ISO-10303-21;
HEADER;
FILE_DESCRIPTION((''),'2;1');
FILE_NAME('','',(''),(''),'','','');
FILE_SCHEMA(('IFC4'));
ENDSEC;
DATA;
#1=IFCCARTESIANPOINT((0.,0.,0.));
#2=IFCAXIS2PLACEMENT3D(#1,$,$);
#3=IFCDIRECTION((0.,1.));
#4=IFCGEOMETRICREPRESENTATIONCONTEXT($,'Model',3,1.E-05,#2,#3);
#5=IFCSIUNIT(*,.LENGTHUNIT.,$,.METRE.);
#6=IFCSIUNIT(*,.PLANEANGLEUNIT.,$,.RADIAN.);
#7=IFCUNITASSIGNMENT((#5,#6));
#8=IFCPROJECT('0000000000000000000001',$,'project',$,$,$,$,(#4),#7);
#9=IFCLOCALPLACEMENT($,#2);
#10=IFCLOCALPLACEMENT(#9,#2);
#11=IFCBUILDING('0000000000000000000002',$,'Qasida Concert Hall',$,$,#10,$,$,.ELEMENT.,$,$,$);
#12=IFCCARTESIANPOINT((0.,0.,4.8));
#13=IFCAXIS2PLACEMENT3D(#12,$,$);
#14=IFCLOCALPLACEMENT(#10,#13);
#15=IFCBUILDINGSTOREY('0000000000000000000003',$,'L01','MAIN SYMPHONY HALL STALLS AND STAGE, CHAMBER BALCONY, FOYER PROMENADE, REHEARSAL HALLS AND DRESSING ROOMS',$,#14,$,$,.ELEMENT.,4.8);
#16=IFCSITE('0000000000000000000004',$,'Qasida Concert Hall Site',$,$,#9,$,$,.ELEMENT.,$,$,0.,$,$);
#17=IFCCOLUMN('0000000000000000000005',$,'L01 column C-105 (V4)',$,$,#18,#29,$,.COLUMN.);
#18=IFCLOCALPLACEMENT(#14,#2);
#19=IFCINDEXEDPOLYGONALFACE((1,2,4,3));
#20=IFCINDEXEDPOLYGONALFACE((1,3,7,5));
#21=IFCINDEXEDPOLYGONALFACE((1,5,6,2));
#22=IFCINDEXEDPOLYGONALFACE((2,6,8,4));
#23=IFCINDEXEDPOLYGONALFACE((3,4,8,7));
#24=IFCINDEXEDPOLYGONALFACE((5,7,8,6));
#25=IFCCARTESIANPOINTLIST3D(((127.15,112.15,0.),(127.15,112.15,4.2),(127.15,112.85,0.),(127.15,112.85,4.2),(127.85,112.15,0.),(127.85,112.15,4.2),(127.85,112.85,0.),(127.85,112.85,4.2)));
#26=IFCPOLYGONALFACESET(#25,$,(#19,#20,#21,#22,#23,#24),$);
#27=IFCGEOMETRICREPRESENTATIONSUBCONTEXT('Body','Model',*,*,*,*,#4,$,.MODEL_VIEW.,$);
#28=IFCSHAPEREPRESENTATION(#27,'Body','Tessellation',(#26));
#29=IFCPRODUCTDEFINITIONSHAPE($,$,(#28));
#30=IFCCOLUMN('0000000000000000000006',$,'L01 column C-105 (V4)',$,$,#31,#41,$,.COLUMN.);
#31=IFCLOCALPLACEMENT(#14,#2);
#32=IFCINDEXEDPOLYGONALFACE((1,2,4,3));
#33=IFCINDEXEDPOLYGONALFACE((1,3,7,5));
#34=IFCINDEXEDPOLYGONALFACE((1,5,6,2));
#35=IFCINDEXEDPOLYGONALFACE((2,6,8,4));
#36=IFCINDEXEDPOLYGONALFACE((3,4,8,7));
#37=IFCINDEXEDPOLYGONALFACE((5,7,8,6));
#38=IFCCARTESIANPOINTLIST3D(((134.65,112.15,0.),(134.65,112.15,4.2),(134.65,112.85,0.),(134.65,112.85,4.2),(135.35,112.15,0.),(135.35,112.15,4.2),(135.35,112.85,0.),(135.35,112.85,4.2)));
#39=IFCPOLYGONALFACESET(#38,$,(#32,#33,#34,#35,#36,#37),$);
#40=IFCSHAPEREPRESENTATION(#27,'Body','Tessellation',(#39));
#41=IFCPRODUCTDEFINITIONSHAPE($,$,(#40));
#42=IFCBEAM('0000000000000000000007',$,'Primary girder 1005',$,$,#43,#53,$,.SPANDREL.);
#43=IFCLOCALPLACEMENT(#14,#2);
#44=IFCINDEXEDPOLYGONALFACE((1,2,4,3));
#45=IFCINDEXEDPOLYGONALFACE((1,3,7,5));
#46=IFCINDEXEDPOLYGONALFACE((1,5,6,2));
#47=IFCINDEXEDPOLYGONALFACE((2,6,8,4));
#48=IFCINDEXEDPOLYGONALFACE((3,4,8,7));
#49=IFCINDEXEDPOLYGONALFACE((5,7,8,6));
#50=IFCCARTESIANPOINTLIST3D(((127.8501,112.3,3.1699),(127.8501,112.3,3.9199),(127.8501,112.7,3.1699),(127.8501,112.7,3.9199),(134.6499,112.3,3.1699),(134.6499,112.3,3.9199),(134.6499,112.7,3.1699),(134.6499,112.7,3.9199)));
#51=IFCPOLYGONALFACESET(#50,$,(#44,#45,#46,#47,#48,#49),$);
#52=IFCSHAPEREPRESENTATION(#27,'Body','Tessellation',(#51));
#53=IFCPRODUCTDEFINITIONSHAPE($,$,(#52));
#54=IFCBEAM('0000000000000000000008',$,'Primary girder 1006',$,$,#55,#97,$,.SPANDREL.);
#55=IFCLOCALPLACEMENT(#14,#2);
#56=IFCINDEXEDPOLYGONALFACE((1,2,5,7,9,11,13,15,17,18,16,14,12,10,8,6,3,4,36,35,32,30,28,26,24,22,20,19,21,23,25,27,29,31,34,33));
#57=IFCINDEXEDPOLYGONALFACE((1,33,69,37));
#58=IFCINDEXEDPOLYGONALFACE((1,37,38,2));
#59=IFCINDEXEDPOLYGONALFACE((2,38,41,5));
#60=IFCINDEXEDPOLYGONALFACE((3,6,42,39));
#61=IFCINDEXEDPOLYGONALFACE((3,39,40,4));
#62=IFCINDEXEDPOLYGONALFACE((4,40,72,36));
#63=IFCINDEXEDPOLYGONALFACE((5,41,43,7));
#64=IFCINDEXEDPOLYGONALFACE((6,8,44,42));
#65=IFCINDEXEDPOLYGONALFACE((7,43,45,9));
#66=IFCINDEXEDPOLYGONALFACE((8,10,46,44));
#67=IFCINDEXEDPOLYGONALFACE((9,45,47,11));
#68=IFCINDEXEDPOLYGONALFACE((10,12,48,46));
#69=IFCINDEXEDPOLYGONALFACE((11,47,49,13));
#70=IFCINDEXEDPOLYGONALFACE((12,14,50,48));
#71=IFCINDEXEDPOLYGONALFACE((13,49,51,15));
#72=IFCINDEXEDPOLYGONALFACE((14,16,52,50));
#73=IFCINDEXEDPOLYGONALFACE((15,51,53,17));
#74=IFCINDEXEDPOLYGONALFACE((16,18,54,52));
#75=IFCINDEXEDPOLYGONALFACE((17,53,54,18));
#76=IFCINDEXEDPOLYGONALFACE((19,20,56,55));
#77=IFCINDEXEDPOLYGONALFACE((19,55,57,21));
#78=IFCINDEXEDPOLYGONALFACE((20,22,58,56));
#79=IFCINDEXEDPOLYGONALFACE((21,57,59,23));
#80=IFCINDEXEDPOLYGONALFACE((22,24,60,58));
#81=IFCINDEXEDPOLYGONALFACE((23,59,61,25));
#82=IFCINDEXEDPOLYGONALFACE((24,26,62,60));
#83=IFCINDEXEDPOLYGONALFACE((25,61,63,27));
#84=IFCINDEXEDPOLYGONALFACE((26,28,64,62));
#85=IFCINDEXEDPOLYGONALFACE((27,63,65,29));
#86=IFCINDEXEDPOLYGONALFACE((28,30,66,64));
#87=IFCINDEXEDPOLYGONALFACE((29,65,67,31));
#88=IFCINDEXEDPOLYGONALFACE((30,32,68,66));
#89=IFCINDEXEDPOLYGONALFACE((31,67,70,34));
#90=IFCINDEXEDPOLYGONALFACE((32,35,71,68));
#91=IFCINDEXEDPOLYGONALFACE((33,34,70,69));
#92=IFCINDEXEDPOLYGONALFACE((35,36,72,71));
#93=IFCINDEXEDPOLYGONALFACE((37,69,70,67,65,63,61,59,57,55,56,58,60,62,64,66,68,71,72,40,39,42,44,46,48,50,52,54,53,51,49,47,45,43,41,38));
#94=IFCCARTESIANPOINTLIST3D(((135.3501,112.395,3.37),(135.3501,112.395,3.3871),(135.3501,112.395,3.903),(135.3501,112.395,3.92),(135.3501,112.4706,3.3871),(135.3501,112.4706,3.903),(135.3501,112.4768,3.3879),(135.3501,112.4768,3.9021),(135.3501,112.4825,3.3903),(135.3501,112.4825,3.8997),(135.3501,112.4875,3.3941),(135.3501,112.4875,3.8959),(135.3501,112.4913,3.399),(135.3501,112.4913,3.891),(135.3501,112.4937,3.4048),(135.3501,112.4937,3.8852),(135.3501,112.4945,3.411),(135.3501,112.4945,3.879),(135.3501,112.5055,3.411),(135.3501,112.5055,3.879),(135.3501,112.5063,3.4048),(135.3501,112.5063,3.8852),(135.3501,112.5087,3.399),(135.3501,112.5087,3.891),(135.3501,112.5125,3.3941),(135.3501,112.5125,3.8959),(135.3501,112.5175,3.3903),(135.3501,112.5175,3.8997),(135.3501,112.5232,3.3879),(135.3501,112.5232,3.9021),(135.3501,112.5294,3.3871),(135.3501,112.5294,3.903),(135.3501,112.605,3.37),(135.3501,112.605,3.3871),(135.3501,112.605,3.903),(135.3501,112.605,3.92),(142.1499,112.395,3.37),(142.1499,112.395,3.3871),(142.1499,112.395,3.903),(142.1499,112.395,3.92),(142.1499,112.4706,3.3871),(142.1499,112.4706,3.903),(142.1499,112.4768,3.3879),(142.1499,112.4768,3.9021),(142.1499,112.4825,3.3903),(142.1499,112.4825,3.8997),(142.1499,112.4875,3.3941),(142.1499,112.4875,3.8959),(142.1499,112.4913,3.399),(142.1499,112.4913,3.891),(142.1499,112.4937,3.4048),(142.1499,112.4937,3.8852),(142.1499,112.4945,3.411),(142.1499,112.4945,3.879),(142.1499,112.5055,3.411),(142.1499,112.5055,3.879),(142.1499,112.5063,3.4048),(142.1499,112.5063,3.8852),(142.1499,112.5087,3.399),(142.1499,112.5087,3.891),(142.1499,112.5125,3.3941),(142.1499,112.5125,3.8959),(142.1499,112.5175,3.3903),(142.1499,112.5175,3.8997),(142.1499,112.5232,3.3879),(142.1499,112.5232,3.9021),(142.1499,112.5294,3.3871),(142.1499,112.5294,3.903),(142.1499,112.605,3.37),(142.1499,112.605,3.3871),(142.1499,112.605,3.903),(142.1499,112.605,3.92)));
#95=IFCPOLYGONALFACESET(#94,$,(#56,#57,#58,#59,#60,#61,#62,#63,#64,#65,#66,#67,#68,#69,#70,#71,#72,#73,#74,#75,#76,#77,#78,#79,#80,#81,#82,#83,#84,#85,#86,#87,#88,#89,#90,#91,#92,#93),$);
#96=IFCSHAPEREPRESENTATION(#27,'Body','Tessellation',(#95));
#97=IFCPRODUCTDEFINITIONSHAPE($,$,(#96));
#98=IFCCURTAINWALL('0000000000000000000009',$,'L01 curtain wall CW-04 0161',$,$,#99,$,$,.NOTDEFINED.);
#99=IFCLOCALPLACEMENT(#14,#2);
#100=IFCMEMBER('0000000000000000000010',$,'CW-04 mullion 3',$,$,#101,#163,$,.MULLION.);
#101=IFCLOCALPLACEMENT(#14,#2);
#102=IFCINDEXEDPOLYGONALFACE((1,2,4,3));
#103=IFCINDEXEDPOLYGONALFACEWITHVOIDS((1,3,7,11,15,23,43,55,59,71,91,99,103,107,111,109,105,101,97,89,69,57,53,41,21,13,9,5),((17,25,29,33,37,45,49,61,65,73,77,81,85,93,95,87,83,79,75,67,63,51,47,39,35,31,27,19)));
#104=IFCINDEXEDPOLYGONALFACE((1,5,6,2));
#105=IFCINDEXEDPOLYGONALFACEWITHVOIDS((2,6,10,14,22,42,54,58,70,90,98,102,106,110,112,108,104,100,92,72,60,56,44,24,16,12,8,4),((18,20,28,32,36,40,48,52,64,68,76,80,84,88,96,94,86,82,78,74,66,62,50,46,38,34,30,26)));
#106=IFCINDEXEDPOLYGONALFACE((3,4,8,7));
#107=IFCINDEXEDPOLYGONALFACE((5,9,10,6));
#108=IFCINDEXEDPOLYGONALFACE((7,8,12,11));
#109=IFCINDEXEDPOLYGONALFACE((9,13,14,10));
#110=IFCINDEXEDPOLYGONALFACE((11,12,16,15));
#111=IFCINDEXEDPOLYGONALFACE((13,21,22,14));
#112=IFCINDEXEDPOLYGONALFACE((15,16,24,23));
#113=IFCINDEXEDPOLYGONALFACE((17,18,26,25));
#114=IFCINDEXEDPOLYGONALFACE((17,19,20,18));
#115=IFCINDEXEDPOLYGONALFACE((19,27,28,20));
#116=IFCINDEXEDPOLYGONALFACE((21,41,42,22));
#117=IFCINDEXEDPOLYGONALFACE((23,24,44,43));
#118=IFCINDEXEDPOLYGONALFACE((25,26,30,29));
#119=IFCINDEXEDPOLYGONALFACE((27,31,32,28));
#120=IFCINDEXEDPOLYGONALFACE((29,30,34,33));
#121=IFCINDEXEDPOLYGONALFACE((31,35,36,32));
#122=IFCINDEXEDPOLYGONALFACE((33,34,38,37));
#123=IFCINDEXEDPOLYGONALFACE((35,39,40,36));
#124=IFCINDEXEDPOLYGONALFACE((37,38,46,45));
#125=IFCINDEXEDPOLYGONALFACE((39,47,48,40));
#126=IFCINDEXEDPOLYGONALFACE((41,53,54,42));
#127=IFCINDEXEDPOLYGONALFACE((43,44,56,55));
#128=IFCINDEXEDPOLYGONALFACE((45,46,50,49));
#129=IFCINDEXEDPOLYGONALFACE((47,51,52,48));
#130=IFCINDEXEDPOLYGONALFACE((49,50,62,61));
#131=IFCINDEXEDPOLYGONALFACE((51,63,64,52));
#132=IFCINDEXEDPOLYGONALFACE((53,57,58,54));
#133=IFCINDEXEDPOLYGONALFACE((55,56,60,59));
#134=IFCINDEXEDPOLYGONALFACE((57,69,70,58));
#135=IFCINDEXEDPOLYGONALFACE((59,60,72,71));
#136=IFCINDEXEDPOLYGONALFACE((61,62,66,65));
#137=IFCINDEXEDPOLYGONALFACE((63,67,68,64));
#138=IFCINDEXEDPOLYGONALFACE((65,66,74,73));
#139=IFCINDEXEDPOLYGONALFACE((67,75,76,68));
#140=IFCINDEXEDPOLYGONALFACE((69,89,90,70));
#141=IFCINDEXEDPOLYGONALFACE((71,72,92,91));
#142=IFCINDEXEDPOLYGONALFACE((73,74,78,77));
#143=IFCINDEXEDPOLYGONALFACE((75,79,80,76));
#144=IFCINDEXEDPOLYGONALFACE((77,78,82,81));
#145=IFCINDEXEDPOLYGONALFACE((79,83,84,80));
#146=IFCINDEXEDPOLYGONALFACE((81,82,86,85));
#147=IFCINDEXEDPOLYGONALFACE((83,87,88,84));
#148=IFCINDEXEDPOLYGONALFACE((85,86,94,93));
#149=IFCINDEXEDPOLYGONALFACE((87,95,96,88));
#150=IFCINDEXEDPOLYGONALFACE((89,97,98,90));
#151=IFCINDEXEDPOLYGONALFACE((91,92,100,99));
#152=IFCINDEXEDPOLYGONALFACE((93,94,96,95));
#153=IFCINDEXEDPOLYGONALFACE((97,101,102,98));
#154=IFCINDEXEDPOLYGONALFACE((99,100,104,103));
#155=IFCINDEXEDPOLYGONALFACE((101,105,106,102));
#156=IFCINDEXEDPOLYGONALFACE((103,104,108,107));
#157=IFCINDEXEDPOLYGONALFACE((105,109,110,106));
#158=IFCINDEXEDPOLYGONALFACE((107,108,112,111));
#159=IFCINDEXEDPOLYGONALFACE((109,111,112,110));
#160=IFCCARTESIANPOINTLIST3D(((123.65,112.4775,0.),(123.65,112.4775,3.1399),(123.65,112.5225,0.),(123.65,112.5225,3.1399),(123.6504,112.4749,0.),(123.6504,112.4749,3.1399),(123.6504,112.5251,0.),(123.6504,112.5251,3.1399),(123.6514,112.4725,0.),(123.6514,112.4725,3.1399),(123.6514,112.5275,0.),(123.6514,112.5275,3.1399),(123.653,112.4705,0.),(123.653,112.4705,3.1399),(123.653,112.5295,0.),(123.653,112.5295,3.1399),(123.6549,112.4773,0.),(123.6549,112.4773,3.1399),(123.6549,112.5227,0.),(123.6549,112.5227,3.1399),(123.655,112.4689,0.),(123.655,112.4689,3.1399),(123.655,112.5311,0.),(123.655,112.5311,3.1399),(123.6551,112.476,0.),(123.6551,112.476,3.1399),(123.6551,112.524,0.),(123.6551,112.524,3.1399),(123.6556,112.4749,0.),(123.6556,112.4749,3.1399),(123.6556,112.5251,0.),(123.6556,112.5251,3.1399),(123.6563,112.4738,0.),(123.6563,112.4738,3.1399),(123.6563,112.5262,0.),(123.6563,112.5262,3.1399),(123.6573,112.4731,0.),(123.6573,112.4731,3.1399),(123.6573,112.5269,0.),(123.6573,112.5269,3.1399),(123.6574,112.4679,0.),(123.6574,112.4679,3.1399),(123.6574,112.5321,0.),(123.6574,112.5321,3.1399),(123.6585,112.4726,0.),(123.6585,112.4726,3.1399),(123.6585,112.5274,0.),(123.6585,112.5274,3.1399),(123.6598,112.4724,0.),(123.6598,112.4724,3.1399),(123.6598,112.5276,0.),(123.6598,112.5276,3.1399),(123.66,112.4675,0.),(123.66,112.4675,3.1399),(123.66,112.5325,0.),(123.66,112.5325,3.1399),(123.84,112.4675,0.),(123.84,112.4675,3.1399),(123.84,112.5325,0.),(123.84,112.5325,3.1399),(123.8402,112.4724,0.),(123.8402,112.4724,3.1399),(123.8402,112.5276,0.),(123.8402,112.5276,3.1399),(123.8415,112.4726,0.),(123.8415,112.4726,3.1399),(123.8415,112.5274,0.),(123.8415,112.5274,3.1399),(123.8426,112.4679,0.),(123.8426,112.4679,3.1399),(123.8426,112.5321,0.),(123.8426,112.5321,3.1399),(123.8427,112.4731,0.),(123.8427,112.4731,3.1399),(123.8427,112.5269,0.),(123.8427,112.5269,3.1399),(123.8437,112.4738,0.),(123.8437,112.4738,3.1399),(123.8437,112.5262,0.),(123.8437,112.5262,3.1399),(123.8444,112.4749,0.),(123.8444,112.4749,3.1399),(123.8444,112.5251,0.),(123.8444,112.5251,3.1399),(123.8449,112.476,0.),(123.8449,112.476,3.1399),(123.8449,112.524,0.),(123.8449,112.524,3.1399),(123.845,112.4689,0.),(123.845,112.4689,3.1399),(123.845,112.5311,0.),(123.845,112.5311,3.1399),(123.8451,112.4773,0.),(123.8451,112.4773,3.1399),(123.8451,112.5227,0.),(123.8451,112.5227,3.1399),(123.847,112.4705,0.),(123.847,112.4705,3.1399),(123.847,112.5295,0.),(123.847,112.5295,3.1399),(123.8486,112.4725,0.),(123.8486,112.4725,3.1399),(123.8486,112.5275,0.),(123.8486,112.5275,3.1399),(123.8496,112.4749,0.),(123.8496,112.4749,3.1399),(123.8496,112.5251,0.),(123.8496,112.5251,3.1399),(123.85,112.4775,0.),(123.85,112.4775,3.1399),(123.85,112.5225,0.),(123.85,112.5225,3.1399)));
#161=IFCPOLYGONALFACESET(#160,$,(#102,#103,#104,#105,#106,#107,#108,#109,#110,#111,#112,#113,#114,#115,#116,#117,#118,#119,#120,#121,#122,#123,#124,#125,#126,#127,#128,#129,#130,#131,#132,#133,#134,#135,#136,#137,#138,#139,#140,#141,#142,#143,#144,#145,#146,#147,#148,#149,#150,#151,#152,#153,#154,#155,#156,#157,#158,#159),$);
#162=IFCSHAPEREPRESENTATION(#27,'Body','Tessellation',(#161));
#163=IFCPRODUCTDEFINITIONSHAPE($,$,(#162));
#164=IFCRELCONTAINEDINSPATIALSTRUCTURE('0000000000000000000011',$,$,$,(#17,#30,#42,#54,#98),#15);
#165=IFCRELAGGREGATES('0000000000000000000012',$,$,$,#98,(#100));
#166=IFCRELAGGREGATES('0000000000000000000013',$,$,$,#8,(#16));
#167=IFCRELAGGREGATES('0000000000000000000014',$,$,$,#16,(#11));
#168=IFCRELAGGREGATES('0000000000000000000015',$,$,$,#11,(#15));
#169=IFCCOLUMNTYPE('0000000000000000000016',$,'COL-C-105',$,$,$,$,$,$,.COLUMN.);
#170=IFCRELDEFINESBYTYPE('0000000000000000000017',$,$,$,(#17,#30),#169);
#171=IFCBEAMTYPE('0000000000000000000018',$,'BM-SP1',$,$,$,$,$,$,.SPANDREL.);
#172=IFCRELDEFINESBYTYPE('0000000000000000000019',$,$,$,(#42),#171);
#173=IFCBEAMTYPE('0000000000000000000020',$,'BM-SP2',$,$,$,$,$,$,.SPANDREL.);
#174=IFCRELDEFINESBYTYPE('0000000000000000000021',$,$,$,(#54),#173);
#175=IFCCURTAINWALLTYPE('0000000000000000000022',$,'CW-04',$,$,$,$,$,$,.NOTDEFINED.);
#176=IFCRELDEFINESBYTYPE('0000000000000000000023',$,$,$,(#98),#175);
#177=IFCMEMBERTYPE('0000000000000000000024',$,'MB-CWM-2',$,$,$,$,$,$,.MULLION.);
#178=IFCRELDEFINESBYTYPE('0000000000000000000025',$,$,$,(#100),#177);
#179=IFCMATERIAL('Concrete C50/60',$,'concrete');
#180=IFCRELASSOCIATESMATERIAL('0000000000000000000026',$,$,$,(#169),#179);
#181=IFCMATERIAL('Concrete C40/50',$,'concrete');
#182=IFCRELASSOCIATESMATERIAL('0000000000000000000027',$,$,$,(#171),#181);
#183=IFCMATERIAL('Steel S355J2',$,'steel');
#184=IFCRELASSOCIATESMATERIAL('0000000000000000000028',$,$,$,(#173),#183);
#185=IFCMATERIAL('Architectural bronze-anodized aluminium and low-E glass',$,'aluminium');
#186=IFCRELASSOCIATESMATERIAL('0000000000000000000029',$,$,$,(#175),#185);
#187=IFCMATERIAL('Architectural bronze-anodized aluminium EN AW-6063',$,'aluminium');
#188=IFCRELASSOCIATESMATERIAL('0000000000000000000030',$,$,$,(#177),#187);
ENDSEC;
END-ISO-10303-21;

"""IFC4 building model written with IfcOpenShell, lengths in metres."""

from ifc_helpers import new_model, si_unit, direction, frame, origin, origin_2d, place, context, subcontext, project, spatial, rectangle, hollow_rectangle, i_section, extrude, material, material_profile, profile_set, type_object, element, aggregate, save


model = new_model("IFC4")

# Units and contexts
model_context = context("Model", 3, precision=1e-05, world=origin(), true_north=direction((0.0, 1.0)))
body_context = subcontext(model_context, "Body", "Model", "MODEL_VIEW")
ifc_project = project(units=[si_unit("LENGTHUNIT", "METRE"), si_unit("PLANEANGLEUNIT", "RADIAN")], contexts=[model_context])

# Site, building, storey
site_placement = place(None, origin())
site = spatial("IfcSite", under=ifc_project, at=site_placement, Name="Qasida Concert Hall Site", CompositionType="ELEMENT", RefElevation=0.0)
building_placement = place(site_placement, origin())
building = spatial("IfcBuilding", under=site, at=building_placement, Name="Qasida Concert Hall", CompositionType="ELEMENT")
storey_placement = place(building_placement, frame((0.0, 0.0, 4.8)))
storey = spatial("IfcBuildingStorey", under=building, at=storey_placement, Name="L01", Description="MAIN SYMPHONY HALL STALLS AND STAGE, CHAMBER BALCONY, FOYER PROMENADE, REHEARSAL HALLS AND DRESSING ROOMS", CompositionType="ELEMENT", Elevation=4.8)

# Columns
ifc_material_1 = material(Name="Concrete C50/60", Category="concrete")
ifc_material_profile_1 = material_profile(ifc_material_1, rectangle(XDim=0.7, YDim=0.7, at=origin_2d()), Name="RC 700x700")
ifc_profile_set_1 = profile_set([ifc_material_profile_1], Name="Concrete C50/60")
column_type = type_object("IfcColumnType", Name="COL-C-105", PredefinedType="COLUMN", material=ifc_profile_set_1)
for number, where, z_axis, x_axis, name in (
    (1, (127.5, 112.5, 0.0), (0.0, 0.0, 1.0), (1.0, 0.0, 0.0), "L01 column C-105 (V4)"),
    (2, (135.0, 112.5, 0.0), (0.0, 0.0, 1.0), (1.0, 0.0, 0.0), "L01 column C-105 (V4)"),
):
    element("IfcColumn", number, at=place(storey_placement, frame(where, z_axis=z_axis, x_axis=x_axis)), inside=storey, type_object=column_type, Name=name, PredefinedType="COLUMN", context=body_context, shape_type="SweptSolid", body=[
        extrude(rectangle(XDim=0.7, YDim=0.7, at=origin_2d()), origin(), (0.0, 0.0, 1.0), 4.2),
    ])

# Beams
ifc_material_2 = material(Name="Concrete C40/50", Category="concrete")
ifc_material_profile_2 = material_profile(ifc_material_2, rectangle(XDim=0.3999, YDim=0.75, at=origin_2d()), Name="RC 400x750")
ifc_profile_set_2 = profile_set([ifc_material_profile_2], Name="Concrete C40/50")
beam_type_1 = type_object("IfcBeamType", Name="BM-SP1", PredefinedType="SPANDREL", material=ifc_profile_set_2)
beam_1_placement = place(storey_placement, frame((127.8501, 112.5, 3.5449), z_axis=(1.0, 0.0, 0.0), x_axis=(0.0, 1.0, 0.0)))
element("IfcBeam", 3, at=beam_1_placement, inside=storey, type_object=beam_type_1, Name="Primary girder 1005", PredefinedType="SPANDREL", context=body_context, shape_type="SweptSolid", body=[
    extrude(rectangle(XDim=0.3999, YDim=0.75, at=origin_2d()), origin(), (0.0, 0.0, 1.0), 6.7998),
])
ifc_material_3 = material(Name="Steel S355J2", Category="steel")
ifc_material_profile_3 = material_profile(ifc_material_3, i_section(OverallWidth=0.21, OverallDepth=0.55, WebThickness=0.011, FlangeThickness=0.0171, FilletRadius=0.0239, at=origin_2d()), Name="IPE 550")
ifc_profile_set_3 = profile_set([ifc_material_profile_3], Name="Steel S355J2")
beam_type_2 = type_object("IfcBeamType", Name="BM-SP2", PredefinedType="SPANDREL", material=ifc_profile_set_3)
beam_2_placement = place(storey_placement, frame((135.3501, 112.5, 3.645), z_axis=(1.0, 0.0, 0.0), x_axis=(0.0, 1.0, 0.0)))
element("IfcBeam", 4, at=beam_2_placement, inside=storey, type_object=beam_type_2, Name="Primary girder 1006", PredefinedType="SPANDREL", context=body_context, shape_type="SweptSolid", body=[
    extrude(i_section(OverallWidth=0.21, OverallDepth=0.55, WebThickness=0.011, FlangeThickness=0.0171, FilletRadius=0.0239, at=origin_2d()), origin(), (0.0, 0.0, 1.0), 6.7998),
])

# Curtain wall, member
ifc_material_4 = material(Name="Architectural bronze-anodized aluminium and low-E glass", Category="aluminium")
curtain_wall_type = type_object("IfcCurtainWallType", Name="CW-04", PredefinedType="NOTDEFINED", material=ifc_material_4)
curtain_wall_placement = place(storey_placement, origin())
curtain_wall = element("IfcCurtainWall", 5, at=curtain_wall_placement, inside=storey, type_object=curtain_wall_type, Name="L01 curtain wall CW-04 0161", PredefinedType="NOTDEFINED")
ifc_material_5 = material(Name="Architectural bronze-anodized aluminium EN AW-6063", Category="aluminium")
ifc_material_profile_4 = material_profile(ifc_material_5, hollow_rectangle(XDim=0.0649, YDim=0.2, WallThickness=0.0049, InnerFilletRadius=0.0049, OuterFilletRadius=0.01, at=origin_2d()), Name="CWM 200x65x5")
ifc_profile_set_4 = profile_set([ifc_material_profile_4], Name="Architectural bronze-anodized aluminium EN AW-6063")
member_type_1 = type_object("IfcMemberType", Name="MB-CWM-2", PredefinedType="MULLION", material=ifc_profile_set_4)
member_1_placement = place(storey_placement, frame((123.75, 112.5, 0.0), z_axis=(0.0, 0.0, 1.0), x_axis=(0.0, 1.0, 0.0)))
member_1 = element("IfcMember", 6, at=member_1_placement, type_object=member_type_1, Name="CW-04 mullion 3", PredefinedType="MULLION", context=body_context, shape_type="SweptSolid", body=[
    extrude(hollow_rectangle(XDim=0.0649, YDim=0.2, WallThickness=0.0049, InnerFilletRadius=0.0049, OuterFilletRadius=0.01, at=origin_2d()), origin(), (0.0, 0.0, 1.0), 3.1399),
])
aggregate(curtain_wall, [member_1])

save(model, "model.ifc")
